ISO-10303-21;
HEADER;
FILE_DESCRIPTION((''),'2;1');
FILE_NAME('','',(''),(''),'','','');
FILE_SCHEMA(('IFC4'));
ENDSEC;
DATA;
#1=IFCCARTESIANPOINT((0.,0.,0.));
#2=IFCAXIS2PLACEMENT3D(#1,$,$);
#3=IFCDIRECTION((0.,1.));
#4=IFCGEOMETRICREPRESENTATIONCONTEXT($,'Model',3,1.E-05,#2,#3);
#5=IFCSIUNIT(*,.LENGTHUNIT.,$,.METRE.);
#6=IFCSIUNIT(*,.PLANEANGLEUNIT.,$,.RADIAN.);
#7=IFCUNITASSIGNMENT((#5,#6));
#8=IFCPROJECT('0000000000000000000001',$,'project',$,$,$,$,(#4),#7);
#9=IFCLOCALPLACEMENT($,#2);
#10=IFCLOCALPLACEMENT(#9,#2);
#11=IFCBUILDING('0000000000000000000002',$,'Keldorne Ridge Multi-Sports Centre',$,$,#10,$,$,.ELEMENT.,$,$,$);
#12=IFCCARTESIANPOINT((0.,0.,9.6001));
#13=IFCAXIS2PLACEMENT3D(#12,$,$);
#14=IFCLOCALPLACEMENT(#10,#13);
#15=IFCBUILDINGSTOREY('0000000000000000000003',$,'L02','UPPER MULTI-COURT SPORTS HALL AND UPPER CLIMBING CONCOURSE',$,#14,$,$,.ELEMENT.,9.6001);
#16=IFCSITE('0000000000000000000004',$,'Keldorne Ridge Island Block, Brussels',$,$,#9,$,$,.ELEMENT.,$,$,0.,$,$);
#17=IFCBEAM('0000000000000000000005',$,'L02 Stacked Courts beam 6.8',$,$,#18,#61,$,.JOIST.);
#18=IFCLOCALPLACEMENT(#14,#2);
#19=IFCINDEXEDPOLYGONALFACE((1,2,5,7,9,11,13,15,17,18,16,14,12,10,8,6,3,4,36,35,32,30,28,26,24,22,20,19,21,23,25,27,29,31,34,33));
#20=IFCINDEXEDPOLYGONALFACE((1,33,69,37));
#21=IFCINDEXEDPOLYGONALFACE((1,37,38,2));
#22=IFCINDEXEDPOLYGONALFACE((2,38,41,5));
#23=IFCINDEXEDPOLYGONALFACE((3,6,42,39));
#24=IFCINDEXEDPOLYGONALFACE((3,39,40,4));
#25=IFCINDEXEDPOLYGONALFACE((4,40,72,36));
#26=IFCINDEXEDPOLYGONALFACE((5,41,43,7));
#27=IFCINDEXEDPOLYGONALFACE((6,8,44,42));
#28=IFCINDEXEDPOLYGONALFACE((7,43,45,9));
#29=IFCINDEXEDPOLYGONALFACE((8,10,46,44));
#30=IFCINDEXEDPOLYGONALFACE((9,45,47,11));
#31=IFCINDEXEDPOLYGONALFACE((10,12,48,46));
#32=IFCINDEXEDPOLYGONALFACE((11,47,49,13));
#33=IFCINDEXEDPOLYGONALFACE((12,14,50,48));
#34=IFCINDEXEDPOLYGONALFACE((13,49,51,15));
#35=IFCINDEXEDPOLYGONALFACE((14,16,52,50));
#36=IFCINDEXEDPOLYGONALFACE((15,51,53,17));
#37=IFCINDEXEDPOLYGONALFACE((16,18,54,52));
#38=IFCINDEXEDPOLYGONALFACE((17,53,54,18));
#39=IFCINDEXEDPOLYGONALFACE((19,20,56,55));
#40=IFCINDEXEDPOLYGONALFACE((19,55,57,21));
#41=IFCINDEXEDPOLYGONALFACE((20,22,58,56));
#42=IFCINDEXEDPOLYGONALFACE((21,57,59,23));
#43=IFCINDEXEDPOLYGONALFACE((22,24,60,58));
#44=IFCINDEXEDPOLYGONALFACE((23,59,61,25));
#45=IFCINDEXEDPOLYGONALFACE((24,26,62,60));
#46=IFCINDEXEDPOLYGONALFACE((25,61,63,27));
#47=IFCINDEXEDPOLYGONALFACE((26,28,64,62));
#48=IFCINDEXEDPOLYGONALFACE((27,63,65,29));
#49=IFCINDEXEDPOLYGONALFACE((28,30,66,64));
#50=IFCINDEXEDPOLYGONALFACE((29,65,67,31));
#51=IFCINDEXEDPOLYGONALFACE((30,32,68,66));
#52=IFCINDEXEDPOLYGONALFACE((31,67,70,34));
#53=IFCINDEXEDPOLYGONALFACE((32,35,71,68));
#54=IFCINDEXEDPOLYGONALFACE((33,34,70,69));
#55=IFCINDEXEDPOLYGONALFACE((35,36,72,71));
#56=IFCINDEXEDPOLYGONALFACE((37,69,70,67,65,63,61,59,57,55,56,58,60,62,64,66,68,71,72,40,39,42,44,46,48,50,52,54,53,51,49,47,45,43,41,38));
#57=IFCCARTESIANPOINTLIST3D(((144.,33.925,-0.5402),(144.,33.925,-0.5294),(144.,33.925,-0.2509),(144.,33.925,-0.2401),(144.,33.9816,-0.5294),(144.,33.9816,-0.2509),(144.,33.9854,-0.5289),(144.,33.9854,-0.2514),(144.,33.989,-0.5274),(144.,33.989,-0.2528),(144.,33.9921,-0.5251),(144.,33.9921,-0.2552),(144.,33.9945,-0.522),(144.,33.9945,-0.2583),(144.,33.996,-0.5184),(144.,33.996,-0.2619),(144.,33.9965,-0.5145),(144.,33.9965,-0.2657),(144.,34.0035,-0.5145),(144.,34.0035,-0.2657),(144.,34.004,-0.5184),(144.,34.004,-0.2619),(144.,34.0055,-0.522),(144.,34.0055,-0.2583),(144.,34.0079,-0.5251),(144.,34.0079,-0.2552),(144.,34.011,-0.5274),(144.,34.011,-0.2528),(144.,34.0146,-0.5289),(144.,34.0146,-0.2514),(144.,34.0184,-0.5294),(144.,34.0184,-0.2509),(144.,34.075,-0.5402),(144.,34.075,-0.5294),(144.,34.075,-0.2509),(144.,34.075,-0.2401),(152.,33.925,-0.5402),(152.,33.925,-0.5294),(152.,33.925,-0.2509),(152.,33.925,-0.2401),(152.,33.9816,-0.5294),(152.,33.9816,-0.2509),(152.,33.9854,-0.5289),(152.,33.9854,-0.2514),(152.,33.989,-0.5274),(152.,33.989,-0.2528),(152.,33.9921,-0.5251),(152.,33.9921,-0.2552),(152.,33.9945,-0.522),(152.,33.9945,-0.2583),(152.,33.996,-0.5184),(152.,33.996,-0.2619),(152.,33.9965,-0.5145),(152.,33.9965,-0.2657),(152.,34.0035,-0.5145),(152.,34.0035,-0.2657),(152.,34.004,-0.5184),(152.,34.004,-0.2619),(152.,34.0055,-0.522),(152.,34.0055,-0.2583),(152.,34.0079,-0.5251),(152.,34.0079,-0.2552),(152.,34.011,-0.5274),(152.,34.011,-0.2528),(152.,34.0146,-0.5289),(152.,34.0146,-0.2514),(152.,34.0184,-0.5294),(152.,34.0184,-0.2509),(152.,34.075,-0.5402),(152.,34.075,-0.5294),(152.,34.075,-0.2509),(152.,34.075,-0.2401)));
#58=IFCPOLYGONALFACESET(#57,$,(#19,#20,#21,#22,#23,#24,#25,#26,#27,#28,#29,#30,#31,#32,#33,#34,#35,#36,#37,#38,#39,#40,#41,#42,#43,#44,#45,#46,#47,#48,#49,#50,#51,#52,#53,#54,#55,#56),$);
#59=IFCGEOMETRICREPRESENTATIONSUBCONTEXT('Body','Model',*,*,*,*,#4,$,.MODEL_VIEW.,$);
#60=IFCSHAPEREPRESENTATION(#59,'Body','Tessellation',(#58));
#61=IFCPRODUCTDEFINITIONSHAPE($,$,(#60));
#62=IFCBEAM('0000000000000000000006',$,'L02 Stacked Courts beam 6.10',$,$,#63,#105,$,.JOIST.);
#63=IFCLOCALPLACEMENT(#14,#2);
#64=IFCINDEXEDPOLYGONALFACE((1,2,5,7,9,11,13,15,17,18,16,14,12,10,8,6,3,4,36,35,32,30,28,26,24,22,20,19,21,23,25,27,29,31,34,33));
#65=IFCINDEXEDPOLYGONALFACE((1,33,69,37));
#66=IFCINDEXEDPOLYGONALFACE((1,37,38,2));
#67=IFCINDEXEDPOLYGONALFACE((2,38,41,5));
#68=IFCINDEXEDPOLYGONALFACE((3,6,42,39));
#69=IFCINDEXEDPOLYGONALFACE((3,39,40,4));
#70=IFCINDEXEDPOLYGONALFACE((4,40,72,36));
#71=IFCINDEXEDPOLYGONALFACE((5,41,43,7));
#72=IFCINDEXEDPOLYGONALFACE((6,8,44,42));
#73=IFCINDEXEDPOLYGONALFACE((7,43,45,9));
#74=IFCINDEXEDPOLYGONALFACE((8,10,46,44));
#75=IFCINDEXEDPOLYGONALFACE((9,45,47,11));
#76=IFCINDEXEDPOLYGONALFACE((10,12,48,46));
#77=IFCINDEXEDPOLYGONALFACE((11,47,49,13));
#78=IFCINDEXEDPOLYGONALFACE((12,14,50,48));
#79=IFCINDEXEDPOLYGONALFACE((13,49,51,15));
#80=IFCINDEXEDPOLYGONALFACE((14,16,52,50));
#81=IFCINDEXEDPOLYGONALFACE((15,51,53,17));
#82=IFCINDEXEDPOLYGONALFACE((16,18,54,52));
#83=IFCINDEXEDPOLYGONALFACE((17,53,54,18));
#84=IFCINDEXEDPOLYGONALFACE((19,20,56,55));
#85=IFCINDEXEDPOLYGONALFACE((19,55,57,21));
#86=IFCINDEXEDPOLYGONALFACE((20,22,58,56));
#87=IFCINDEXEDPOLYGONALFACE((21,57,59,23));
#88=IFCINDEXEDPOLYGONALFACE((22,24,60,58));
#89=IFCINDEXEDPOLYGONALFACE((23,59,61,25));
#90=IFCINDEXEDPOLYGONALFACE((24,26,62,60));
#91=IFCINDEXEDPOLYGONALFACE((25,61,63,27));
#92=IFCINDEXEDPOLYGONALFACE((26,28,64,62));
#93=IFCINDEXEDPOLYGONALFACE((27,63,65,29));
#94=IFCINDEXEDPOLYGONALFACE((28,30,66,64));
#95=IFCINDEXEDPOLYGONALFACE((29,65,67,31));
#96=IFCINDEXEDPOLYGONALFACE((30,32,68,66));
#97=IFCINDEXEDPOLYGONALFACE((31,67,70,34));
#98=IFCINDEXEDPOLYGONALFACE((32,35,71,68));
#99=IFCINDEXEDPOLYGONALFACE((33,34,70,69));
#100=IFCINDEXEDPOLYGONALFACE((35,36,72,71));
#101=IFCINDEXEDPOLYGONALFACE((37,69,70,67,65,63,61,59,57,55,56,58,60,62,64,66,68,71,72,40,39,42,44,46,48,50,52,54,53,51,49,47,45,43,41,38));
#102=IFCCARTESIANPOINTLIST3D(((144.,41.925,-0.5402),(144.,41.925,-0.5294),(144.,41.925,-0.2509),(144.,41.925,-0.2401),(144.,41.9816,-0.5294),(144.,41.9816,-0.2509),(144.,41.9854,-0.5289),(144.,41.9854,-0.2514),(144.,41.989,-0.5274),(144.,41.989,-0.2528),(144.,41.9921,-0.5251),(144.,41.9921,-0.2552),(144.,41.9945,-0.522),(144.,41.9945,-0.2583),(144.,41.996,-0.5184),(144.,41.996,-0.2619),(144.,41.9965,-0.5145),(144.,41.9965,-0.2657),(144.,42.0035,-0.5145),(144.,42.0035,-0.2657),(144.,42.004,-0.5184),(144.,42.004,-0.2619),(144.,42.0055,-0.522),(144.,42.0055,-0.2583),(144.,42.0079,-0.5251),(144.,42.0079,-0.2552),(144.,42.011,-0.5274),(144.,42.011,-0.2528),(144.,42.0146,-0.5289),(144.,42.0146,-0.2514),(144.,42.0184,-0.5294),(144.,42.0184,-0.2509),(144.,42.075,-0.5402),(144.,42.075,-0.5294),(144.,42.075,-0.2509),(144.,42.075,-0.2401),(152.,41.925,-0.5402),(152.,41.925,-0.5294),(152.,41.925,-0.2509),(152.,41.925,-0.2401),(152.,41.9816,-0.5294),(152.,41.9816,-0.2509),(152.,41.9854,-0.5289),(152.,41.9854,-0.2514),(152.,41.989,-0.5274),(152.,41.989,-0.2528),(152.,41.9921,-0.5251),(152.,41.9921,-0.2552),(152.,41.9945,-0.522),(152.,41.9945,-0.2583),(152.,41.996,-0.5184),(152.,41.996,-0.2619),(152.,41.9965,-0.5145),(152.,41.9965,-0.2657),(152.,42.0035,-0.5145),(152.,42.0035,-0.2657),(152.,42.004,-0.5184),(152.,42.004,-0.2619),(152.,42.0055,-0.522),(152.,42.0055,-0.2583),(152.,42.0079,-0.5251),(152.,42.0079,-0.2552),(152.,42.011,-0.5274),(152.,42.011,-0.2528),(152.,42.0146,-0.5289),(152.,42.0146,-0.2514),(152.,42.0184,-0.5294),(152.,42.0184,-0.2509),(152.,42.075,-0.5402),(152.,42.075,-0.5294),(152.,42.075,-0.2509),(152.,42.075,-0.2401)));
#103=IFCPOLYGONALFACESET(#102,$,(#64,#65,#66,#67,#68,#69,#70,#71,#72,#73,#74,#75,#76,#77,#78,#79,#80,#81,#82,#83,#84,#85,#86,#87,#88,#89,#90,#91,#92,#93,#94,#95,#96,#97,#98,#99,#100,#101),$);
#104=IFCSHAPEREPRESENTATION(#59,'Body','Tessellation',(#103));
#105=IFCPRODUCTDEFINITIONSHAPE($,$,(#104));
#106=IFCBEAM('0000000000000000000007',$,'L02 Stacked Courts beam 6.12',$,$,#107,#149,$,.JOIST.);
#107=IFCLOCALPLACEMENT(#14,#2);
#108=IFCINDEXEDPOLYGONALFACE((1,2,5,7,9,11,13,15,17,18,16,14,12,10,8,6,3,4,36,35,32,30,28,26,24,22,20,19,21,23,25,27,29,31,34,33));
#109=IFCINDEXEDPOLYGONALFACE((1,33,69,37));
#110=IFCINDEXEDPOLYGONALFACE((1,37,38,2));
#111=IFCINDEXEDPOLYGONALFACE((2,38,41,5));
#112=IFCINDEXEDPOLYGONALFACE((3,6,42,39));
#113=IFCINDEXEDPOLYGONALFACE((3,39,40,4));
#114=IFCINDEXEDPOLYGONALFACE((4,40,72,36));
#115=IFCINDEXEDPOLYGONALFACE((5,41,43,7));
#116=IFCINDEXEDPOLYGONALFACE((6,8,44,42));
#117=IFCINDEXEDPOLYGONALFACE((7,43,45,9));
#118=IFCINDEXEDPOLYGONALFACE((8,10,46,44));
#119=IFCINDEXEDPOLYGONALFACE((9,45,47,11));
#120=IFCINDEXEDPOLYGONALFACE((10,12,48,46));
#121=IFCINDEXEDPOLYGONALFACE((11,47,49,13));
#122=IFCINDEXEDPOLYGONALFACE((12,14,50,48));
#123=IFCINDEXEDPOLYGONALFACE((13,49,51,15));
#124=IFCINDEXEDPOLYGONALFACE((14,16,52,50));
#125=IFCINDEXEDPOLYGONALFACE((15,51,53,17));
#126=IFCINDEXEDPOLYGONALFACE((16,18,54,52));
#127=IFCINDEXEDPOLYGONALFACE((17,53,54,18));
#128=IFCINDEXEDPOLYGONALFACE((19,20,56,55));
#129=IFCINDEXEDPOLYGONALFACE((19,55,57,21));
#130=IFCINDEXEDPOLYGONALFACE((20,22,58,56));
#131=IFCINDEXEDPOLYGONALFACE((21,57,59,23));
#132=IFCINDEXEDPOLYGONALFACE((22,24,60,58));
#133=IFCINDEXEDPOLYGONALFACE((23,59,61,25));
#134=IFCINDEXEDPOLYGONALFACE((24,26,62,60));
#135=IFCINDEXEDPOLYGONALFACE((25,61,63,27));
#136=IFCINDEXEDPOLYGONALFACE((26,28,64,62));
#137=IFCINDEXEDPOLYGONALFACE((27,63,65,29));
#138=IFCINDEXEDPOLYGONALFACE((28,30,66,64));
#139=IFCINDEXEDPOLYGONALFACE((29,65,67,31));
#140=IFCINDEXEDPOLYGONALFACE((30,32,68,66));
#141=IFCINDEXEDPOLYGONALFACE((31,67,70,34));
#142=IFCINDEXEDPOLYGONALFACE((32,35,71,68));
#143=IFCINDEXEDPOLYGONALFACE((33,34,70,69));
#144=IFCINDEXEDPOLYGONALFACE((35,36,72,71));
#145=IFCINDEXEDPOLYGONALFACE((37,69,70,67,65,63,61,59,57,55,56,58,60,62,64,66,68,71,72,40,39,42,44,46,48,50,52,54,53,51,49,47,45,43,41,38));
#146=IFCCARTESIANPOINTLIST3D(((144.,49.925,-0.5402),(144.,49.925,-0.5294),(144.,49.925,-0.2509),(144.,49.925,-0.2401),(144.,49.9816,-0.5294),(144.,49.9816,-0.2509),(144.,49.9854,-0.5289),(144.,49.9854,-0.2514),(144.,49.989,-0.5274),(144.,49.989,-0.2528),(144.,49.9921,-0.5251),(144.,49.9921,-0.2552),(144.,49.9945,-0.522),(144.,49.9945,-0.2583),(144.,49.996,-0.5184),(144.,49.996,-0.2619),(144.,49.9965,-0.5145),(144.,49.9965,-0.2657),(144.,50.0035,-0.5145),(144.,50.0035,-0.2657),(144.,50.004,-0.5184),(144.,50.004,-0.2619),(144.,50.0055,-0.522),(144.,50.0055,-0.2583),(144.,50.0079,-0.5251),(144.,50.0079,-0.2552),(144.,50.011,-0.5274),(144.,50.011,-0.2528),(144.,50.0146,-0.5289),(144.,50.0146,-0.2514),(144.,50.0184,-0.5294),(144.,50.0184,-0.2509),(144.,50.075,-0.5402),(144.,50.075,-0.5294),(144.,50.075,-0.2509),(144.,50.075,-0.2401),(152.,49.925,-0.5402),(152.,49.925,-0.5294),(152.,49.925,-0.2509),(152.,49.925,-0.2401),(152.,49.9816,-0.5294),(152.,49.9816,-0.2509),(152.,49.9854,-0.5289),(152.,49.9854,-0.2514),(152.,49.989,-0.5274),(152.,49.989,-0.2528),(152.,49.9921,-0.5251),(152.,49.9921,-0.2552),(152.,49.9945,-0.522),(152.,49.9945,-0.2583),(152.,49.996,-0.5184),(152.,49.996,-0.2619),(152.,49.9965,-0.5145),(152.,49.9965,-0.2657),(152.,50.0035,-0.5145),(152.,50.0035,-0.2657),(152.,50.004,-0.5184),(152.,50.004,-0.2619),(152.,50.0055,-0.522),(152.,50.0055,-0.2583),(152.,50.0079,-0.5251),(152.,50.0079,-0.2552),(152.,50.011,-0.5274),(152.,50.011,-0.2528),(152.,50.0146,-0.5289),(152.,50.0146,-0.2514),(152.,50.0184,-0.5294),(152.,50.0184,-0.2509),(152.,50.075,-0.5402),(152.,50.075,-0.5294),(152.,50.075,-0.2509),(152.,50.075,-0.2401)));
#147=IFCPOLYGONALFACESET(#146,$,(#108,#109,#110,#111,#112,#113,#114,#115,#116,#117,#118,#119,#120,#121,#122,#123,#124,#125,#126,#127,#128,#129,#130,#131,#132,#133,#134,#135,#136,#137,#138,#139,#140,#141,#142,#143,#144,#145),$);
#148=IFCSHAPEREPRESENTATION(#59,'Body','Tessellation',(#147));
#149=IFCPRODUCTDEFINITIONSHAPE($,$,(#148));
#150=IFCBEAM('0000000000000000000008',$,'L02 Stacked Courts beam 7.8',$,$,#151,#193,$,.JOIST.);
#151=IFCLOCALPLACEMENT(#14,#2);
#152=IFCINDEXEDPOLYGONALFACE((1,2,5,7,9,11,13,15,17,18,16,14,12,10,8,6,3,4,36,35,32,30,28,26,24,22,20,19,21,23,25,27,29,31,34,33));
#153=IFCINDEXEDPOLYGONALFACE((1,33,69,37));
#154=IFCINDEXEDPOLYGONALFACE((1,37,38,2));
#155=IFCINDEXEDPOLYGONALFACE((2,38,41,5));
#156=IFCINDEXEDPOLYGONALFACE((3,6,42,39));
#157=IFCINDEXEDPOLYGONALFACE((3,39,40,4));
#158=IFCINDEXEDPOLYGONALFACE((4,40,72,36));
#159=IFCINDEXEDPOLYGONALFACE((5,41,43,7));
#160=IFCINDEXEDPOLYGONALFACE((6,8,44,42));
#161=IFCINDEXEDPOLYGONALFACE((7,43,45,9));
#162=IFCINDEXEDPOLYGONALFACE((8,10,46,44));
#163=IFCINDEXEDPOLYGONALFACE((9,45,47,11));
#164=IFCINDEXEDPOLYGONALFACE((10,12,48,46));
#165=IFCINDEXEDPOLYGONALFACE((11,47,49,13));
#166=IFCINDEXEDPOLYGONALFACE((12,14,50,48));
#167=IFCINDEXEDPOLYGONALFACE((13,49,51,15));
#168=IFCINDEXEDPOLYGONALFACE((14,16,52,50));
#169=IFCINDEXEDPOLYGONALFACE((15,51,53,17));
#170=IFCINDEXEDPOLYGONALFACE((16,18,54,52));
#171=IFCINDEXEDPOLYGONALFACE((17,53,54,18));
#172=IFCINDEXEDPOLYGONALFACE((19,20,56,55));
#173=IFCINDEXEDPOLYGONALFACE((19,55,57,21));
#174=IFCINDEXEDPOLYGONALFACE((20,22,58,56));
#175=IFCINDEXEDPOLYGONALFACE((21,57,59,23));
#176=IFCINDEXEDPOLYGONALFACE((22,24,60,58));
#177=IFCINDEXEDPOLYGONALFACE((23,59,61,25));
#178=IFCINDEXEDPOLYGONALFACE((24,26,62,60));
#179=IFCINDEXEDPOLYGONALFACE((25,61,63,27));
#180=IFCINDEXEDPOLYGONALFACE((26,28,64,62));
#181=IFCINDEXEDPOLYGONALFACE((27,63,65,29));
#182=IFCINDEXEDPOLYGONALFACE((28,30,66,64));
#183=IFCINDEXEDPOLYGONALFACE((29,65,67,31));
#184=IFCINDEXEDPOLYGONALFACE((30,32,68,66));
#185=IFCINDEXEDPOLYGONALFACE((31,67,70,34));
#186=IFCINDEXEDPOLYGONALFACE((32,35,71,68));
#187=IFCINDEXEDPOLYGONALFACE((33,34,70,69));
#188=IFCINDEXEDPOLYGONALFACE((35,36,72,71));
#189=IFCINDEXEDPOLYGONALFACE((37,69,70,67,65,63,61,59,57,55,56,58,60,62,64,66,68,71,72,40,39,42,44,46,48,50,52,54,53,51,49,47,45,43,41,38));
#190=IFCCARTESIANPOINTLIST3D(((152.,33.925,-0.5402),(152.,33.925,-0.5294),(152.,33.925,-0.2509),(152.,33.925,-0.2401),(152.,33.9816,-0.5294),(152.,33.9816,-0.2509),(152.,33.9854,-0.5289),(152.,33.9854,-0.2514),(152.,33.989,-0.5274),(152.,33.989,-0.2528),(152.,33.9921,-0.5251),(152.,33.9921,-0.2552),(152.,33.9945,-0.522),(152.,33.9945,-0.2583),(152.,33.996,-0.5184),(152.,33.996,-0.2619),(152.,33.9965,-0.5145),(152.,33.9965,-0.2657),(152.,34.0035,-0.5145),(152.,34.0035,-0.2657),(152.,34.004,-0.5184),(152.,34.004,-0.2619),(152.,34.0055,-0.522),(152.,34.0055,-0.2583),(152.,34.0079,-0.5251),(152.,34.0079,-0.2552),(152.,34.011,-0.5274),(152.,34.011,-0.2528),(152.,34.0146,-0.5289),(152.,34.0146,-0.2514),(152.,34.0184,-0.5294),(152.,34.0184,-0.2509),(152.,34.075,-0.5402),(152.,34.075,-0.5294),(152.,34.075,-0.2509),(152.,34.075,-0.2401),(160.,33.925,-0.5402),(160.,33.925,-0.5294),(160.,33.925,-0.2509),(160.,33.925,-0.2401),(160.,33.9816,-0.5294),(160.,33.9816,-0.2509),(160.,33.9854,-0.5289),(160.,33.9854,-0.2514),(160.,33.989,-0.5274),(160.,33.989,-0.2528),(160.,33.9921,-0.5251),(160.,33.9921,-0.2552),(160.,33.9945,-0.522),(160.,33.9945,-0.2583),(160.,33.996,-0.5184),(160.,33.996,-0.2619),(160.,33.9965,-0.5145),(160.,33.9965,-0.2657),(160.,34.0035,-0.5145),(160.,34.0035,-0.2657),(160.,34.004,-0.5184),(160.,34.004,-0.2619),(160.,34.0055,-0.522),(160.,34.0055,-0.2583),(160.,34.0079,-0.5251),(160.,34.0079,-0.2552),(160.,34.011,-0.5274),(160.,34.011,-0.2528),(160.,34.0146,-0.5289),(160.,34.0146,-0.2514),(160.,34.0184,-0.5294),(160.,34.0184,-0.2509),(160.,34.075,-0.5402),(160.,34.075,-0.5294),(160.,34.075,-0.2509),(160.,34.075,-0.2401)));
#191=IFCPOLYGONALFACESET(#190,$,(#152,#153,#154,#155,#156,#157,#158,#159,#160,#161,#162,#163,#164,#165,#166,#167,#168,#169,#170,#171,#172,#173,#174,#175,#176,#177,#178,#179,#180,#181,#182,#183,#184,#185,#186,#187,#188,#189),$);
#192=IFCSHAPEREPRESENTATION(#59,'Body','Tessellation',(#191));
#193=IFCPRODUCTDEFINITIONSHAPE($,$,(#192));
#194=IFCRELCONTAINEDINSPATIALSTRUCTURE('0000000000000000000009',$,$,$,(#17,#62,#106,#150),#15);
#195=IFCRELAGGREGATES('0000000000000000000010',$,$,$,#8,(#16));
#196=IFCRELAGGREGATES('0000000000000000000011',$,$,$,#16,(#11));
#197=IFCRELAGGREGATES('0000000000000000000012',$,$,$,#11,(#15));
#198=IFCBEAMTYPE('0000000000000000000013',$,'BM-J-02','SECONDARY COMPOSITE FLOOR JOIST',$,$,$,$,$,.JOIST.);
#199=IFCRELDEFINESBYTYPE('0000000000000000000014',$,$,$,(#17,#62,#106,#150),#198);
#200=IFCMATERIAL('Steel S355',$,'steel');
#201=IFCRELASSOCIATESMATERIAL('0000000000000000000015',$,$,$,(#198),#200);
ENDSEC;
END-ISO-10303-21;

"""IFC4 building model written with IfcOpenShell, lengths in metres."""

from ifc_helpers import new_model, si_unit, direction, frame, origin, origin_2d, place, context, subcontext, project, spatial, i_section, extrude, material, material_profile, profile_set, type_object, element, save


model = new_model("IFC4")

# Units and contexts
model_context = context("Model", 3, precision=1e-05, world=origin(), true_north=direction((0.0, 1.0)))
body_context = subcontext(model_context, "Body", "Model", "MODEL_VIEW")
ifc_project = project(units=[si_unit("LENGTHUNIT", "METRE"), si_unit("PLANEANGLEUNIT", "RADIAN")], contexts=[model_context])

# Site, building, storey
site_placement = place(None, origin())
site = spatial("IfcSite", under=ifc_project, at=site_placement, Name="Keldorne Ridge Island Block, Brussels", CompositionType="ELEMENT", RefElevation=0.0)
building_placement = place(site_placement, origin())
building = spatial("IfcBuilding", under=site, at=building_placement, Name="Keldorne Ridge Multi-Sports Centre", CompositionType="ELEMENT")
storey_placement = place(building_placement, frame((0.0, 0.0, 9.6001)))
storey = spatial("IfcBuildingStorey", under=building, at=storey_placement, Name="L02", Description="UPPER MULTI-COURT SPORTS HALL AND UPPER CLIMBING CONCOURSE", CompositionType="ELEMENT", Elevation=9.6001)

# Shared definitions
ifc_material_1 = material(Name="Steel S355", Category="steel")

# Beams
ifc_material_profile_1 = material_profile(ifc_material_1, i_section(OverallWidth=0.1499, OverallDepth=0.3, WebThickness=0.0071, FlangeThickness=0.0107, FilletRadius=0.0149, at=origin_2d()), Name="IPE 300")
ifc_profile_set_1 = profile_set([ifc_material_profile_1], Name="Steel S355")
beam_type_1 = type_object("IfcBeamType", Name="BM-J-02", Description="SECONDARY COMPOSITE FLOOR JOIST", PredefinedType="JOIST", material=ifc_profile_set_1)
for number, where, z_axis, x_axis, name in (
    (1, (144.0, 34.0, -0.3901), (1.0, 0.0, 0.0), (0.0, 1.0, 0.0), "L02 Stacked Courts beam 6.8"),
    (2, (144.0, 42.0, -0.3901), (1.0, 0.0, 0.0), (0.0, 1.0, 0.0), "L02 Stacked Courts beam 6.10"),
    (3, (144.0, 50.0, -0.3901), (1.0, 0.0, 0.0), (0.0, 1.0, 0.0), "L02 Stacked Courts beam 6.12"),
    (4, (152.0, 34.0, -0.3901), (1.0, 0.0, 0.0), (0.0, 1.0, 0.0), "L02 Stacked Courts beam 7.8"),
):
    element("IfcBeam", number, at=place(storey_placement, frame(where, z_axis=z_axis, x_axis=x_axis)), inside=storey, type_object=beam_type_1, Name=name, PredefinedType="JOIST", context=body_context, shape_type="SweptSolid", body=[
        extrude(i_section(OverallWidth=0.1499, OverallDepth=0.3, WebThickness=0.0071, FlangeThickness=0.0107, FilletRadius=0.0149, at=origin_2d()), origin(), (0.0, 0.0, 1.0), 8.0),
    ])

save(model, "model.ifc")
